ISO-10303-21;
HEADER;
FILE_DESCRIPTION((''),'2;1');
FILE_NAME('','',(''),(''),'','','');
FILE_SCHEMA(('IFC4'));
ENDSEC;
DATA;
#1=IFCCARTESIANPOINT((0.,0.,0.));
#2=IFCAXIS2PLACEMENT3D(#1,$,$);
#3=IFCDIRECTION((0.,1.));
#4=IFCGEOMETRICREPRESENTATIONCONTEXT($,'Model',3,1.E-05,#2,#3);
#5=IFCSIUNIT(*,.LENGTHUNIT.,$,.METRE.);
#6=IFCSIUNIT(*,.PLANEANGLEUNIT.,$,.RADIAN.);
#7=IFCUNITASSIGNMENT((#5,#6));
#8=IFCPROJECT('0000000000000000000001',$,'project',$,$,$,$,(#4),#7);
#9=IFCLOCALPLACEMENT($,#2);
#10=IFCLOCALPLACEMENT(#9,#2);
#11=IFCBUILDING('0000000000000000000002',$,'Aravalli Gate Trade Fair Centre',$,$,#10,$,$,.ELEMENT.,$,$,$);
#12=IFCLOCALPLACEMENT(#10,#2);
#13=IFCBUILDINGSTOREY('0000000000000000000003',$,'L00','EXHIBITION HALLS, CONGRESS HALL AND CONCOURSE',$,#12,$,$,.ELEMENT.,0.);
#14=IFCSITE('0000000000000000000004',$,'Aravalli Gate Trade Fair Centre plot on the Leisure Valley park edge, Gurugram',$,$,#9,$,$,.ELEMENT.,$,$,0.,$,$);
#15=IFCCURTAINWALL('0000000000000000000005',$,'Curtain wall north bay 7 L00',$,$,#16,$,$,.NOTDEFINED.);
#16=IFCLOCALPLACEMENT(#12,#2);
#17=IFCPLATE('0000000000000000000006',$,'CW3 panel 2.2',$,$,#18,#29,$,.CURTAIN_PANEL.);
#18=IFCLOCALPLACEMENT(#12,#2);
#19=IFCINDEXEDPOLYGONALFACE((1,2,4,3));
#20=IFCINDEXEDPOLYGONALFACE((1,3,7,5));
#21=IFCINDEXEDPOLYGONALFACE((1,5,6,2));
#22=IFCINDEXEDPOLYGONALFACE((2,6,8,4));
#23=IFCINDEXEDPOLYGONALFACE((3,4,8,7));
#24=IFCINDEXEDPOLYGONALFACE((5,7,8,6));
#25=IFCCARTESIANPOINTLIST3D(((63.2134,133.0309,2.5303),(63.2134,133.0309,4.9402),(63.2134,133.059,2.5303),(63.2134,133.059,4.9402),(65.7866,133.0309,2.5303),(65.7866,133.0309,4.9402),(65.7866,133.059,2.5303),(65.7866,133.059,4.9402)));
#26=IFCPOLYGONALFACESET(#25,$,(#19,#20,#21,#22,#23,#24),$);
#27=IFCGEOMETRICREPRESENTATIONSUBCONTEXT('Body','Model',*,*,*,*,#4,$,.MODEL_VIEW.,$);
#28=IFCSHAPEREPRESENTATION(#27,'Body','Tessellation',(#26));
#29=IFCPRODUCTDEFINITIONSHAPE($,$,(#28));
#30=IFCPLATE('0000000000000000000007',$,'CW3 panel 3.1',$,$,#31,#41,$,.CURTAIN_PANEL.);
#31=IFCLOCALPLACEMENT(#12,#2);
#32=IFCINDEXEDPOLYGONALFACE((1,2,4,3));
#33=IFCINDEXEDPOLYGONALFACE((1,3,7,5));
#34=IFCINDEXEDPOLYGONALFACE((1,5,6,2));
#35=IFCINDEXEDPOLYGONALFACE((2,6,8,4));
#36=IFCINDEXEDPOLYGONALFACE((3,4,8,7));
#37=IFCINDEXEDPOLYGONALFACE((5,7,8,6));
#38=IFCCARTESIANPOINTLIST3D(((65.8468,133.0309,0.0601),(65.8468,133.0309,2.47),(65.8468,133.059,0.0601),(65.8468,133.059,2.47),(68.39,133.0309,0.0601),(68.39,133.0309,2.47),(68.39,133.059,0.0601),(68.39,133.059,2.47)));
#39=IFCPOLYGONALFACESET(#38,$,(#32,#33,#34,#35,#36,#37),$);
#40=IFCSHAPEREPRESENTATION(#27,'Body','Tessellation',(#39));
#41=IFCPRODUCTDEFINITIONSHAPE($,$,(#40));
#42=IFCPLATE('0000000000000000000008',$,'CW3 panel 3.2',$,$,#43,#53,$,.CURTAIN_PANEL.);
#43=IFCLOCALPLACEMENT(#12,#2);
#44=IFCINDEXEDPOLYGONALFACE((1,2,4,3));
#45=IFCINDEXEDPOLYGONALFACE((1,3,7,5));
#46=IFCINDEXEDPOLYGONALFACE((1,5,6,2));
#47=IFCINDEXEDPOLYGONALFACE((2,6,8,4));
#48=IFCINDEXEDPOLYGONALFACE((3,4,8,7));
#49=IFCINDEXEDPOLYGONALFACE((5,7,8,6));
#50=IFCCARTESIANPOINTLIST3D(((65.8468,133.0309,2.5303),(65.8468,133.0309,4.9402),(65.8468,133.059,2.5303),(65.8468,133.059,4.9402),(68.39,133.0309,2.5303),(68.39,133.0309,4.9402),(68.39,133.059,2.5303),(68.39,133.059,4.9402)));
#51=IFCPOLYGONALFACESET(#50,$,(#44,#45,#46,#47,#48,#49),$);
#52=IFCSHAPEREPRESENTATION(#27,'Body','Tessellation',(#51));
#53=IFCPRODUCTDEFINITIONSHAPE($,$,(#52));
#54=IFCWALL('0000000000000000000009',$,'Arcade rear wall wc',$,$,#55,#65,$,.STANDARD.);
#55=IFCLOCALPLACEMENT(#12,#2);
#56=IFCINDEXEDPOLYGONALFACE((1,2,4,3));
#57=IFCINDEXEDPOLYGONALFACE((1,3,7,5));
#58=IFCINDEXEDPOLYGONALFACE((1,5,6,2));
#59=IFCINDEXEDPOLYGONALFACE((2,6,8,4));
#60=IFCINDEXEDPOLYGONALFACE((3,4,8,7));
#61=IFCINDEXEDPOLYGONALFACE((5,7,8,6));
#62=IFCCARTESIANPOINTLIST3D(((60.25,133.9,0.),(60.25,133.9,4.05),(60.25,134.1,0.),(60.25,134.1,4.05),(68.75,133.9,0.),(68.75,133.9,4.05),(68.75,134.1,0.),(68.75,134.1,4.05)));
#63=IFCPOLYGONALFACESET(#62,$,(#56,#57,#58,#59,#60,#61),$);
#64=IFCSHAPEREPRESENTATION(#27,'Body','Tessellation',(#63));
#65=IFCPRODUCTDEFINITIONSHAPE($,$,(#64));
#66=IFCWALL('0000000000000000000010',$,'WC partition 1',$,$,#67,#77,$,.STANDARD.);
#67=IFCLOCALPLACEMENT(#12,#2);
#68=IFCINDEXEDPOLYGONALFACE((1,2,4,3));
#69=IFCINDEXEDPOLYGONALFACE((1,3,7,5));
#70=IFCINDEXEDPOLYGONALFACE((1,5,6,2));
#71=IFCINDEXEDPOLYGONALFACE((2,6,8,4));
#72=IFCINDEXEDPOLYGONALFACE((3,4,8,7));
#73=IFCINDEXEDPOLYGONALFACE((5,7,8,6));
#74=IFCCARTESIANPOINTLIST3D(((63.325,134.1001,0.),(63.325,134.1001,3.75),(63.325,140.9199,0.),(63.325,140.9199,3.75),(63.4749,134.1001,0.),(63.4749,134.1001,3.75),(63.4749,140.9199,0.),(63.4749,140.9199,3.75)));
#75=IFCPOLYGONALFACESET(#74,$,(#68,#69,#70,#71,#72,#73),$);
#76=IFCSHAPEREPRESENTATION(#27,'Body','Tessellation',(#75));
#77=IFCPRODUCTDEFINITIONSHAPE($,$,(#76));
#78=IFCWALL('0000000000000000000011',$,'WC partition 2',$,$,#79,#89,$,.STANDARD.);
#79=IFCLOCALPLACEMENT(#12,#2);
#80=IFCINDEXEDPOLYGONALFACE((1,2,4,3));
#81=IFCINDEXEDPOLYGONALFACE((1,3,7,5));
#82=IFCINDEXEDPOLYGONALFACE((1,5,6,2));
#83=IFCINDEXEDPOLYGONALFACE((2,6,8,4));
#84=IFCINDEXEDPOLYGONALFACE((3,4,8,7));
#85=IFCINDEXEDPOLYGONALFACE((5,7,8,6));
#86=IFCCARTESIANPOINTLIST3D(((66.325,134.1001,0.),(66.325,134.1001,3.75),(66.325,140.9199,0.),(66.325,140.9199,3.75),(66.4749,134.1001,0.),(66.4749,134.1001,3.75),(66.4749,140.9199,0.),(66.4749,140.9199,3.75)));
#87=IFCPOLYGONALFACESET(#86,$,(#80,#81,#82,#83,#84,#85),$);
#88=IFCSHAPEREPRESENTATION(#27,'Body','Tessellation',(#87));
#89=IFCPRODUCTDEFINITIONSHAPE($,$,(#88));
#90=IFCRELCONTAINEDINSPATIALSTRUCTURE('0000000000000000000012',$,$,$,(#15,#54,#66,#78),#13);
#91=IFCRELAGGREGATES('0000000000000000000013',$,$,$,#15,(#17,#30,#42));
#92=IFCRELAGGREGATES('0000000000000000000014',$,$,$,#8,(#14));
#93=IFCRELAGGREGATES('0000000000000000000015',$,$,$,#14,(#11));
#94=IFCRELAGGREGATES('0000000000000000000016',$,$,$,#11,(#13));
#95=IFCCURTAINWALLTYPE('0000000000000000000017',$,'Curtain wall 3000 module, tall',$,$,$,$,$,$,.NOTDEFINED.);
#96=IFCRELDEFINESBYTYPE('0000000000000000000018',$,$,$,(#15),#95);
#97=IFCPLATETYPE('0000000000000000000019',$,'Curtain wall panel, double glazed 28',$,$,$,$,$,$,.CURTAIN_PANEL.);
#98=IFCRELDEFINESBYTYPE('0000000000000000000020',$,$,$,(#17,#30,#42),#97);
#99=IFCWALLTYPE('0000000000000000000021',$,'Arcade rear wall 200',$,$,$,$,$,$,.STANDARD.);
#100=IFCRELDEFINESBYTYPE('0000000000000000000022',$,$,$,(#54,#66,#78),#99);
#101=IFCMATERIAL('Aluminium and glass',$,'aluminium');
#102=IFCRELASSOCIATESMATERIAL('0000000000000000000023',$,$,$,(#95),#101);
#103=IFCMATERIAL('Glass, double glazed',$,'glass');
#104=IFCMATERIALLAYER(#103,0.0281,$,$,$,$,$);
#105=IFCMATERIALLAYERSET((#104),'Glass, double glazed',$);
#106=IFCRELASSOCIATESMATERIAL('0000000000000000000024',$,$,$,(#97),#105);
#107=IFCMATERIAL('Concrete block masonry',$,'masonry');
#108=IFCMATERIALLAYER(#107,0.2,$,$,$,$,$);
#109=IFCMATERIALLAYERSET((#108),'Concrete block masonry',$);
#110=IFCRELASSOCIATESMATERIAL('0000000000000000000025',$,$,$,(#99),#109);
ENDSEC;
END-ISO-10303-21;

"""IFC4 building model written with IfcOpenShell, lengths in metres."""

from ifc_helpers import new_model, si_unit, direction, frame, frame_2d, origin, origin_2d, place, context, subcontext, project, spatial, rectangle, extrude, material, layer, layer_set, type_object, element, aggregate, save


model = new_model("IFC4")

# Units and contexts
model_context = context("Model", 3, precision=1e-05, world=origin(), true_north=direction((0.0, 1.0)))
body_context = subcontext(model_context, "Body", "Model", "MODEL_VIEW")
ifc_project = project(units=[si_unit("LENGTHUNIT", "METRE"), si_unit("PLANEANGLEUNIT", "RADIAN")], contexts=[model_context])

# Site, building, storey
site_placement = place(None, origin())
site = spatial("IfcSite", under=ifc_project, at=site_placement, Name="Aravalli Gate Trade Fair Centre plot on the Leisure Valley park edge, Gurugram", CompositionType="ELEMENT", RefElevation=0.0)
building_placement = place(site_placement, origin())
building = spatial("IfcBuilding", under=site, at=building_placement, Name="Aravalli Gate Trade Fair Centre", CompositionType="ELEMENT")
storey_placement = place(building_placement, origin())
storey = spatial("IfcBuildingStorey", under=building, at=storey_placement, Name="L00", Description="EXHIBITION HALLS, CONGRESS HALL AND CONCOURSE", CompositionType="ELEMENT", Elevation=0.0)

# Curtain wall, plates
ifc_material_1 = material(Name="Aluminium and glass", Category="aluminium")
curtain_wall_type = type_object("IfcCurtainWallType", Name="Curtain wall 3000 module, tall", PredefinedType="NOTDEFINED", material=ifc_material_1)
curtain_wall_placement = place(storey_placement, origin())
curtain_wall = element("IfcCurtainWall", 1, at=curtain_wall_placement, inside=storey, type_object=curtain_wall_type, Name="Curtain wall north bay 7 L00", PredefinedType="NOTDEFINED")
ifc_material_2 = material(Name="Glass, double glazed", Category="glass")
ifc_layer_1 = layer(ifc_material_2, 0.0281)
ifc_layer_set_1 = layer_set([ifc_layer_1], Name="Glass, double glazed")
plate_type = type_object("IfcPlateType", Name="Curtain wall panel, double glazed 28", PredefinedType="CURTAIN_PANEL", material=ifc_layer_set_1)
plate_1_placement = place(storey_placement, frame((64.5, 133.0449, 2.5303), z_axis=(0.0, 0.0, 1.0), x_axis=(1.0, 0.0, 0.0)))
plate_1 = element("IfcPlate", 2, at=plate_1_placement, type_object=plate_type, Name="CW3 panel 2.2", PredefinedType="CURTAIN_PANEL", context=body_context, shape_type="SweptSolid", body=[
    extrude(rectangle(XDim=2.5732, YDim=0.0281, at=origin_2d()), origin(), (0.0, 0.0, 1.0), 2.4099),
])
plate_2_placement = place(storey_placement, frame((67.1184, 133.0449, 0.0601), z_axis=(0.0, 0.0, 1.0), x_axis=(1.0, 0.0, 0.0)))
plate_2 = element("IfcPlate", 3, at=plate_2_placement, type_object=plate_type, Name="CW3 panel 3.1", PredefinedType="CURTAIN_PANEL", context=body_context, shape_type="SweptSolid", body=[
    extrude(rectangle(XDim=2.5432, YDim=0.0281, at=origin_2d()), origin(), (0.0, 0.0, 1.0), 2.4099),
])
plate_3_placement = place(storey_placement, frame((67.1184, 133.0449, 2.5303), z_axis=(0.0, 0.0, 1.0), x_axis=(1.0, 0.0, 0.0)))
plate_3 = element("IfcPlate", 4, at=plate_3_placement, type_object=plate_type, Name="CW3 panel 3.2", PredefinedType="CURTAIN_PANEL", context=body_context, shape_type="SweptSolid", body=[
    extrude(rectangle(XDim=2.5432, YDim=0.0281, at=origin_2d()), origin(), (0.0, 0.0, 1.0), 2.4099),
])
aggregate(curtain_wall, [plate_1, plate_2, plate_3])

# Walls
ifc_material_3 = material(Name="Concrete block masonry", Category="masonry")
ifc_layer_2 = layer(ifc_material_3, 0.2)
ifc_layer_set_2 = layer_set([ifc_layer_2], Name="Concrete block masonry")
wall_type = type_object("IfcWallType", Name="Arcade rear wall 200", PredefinedType="STANDARD", material=ifc_layer_set_2)
wall_placement = place(storey_placement, frame((60.25, 134.0, 0.0), z_axis=(0.0, 0.0, 1.0), x_axis=(1.0, 0.0, 0.0)))
element("IfcWall", 5, at=wall_placement, inside=storey, type_object=wall_type, Name="Arcade rear wall wc", PredefinedType="STANDARD", context=body_context, shape_type="SweptSolid", body=[
    extrude(rectangle(XDim=8.5, YDim=0.2, at=frame_2d((4.25, 0.0))), origin(), (0.0, 0.0, 1.0), 4.05),
])
for number, where, z_axis, x_axis, name in (
    (6, (63.3999, 134.1001, 0.0), (0.0, 0.0, 1.0), (0.0, 1.0, 0.0), "WC partition 1"),
    (7, (66.3999, 134.1001, 0.0), (0.0, 0.0, 1.0), (0.0, 1.0, 0.0), "WC partition 2"),
):
    element("IfcWall", number, at=place(storey_placement, frame(where, z_axis=z_axis, x_axis=x_axis)), inside=storey, type_object=wall_type, Name=name, PredefinedType="STANDARD", context=body_context, shape_type="SweptSolid", body=[
        extrude(rectangle(XDim=6.8198, YDim=0.1499, at=frame_2d((3.4099, 0.0))), origin(), (0.0, 0.0, 1.0), 3.75),
    ])

save(model, "model.ifc")
